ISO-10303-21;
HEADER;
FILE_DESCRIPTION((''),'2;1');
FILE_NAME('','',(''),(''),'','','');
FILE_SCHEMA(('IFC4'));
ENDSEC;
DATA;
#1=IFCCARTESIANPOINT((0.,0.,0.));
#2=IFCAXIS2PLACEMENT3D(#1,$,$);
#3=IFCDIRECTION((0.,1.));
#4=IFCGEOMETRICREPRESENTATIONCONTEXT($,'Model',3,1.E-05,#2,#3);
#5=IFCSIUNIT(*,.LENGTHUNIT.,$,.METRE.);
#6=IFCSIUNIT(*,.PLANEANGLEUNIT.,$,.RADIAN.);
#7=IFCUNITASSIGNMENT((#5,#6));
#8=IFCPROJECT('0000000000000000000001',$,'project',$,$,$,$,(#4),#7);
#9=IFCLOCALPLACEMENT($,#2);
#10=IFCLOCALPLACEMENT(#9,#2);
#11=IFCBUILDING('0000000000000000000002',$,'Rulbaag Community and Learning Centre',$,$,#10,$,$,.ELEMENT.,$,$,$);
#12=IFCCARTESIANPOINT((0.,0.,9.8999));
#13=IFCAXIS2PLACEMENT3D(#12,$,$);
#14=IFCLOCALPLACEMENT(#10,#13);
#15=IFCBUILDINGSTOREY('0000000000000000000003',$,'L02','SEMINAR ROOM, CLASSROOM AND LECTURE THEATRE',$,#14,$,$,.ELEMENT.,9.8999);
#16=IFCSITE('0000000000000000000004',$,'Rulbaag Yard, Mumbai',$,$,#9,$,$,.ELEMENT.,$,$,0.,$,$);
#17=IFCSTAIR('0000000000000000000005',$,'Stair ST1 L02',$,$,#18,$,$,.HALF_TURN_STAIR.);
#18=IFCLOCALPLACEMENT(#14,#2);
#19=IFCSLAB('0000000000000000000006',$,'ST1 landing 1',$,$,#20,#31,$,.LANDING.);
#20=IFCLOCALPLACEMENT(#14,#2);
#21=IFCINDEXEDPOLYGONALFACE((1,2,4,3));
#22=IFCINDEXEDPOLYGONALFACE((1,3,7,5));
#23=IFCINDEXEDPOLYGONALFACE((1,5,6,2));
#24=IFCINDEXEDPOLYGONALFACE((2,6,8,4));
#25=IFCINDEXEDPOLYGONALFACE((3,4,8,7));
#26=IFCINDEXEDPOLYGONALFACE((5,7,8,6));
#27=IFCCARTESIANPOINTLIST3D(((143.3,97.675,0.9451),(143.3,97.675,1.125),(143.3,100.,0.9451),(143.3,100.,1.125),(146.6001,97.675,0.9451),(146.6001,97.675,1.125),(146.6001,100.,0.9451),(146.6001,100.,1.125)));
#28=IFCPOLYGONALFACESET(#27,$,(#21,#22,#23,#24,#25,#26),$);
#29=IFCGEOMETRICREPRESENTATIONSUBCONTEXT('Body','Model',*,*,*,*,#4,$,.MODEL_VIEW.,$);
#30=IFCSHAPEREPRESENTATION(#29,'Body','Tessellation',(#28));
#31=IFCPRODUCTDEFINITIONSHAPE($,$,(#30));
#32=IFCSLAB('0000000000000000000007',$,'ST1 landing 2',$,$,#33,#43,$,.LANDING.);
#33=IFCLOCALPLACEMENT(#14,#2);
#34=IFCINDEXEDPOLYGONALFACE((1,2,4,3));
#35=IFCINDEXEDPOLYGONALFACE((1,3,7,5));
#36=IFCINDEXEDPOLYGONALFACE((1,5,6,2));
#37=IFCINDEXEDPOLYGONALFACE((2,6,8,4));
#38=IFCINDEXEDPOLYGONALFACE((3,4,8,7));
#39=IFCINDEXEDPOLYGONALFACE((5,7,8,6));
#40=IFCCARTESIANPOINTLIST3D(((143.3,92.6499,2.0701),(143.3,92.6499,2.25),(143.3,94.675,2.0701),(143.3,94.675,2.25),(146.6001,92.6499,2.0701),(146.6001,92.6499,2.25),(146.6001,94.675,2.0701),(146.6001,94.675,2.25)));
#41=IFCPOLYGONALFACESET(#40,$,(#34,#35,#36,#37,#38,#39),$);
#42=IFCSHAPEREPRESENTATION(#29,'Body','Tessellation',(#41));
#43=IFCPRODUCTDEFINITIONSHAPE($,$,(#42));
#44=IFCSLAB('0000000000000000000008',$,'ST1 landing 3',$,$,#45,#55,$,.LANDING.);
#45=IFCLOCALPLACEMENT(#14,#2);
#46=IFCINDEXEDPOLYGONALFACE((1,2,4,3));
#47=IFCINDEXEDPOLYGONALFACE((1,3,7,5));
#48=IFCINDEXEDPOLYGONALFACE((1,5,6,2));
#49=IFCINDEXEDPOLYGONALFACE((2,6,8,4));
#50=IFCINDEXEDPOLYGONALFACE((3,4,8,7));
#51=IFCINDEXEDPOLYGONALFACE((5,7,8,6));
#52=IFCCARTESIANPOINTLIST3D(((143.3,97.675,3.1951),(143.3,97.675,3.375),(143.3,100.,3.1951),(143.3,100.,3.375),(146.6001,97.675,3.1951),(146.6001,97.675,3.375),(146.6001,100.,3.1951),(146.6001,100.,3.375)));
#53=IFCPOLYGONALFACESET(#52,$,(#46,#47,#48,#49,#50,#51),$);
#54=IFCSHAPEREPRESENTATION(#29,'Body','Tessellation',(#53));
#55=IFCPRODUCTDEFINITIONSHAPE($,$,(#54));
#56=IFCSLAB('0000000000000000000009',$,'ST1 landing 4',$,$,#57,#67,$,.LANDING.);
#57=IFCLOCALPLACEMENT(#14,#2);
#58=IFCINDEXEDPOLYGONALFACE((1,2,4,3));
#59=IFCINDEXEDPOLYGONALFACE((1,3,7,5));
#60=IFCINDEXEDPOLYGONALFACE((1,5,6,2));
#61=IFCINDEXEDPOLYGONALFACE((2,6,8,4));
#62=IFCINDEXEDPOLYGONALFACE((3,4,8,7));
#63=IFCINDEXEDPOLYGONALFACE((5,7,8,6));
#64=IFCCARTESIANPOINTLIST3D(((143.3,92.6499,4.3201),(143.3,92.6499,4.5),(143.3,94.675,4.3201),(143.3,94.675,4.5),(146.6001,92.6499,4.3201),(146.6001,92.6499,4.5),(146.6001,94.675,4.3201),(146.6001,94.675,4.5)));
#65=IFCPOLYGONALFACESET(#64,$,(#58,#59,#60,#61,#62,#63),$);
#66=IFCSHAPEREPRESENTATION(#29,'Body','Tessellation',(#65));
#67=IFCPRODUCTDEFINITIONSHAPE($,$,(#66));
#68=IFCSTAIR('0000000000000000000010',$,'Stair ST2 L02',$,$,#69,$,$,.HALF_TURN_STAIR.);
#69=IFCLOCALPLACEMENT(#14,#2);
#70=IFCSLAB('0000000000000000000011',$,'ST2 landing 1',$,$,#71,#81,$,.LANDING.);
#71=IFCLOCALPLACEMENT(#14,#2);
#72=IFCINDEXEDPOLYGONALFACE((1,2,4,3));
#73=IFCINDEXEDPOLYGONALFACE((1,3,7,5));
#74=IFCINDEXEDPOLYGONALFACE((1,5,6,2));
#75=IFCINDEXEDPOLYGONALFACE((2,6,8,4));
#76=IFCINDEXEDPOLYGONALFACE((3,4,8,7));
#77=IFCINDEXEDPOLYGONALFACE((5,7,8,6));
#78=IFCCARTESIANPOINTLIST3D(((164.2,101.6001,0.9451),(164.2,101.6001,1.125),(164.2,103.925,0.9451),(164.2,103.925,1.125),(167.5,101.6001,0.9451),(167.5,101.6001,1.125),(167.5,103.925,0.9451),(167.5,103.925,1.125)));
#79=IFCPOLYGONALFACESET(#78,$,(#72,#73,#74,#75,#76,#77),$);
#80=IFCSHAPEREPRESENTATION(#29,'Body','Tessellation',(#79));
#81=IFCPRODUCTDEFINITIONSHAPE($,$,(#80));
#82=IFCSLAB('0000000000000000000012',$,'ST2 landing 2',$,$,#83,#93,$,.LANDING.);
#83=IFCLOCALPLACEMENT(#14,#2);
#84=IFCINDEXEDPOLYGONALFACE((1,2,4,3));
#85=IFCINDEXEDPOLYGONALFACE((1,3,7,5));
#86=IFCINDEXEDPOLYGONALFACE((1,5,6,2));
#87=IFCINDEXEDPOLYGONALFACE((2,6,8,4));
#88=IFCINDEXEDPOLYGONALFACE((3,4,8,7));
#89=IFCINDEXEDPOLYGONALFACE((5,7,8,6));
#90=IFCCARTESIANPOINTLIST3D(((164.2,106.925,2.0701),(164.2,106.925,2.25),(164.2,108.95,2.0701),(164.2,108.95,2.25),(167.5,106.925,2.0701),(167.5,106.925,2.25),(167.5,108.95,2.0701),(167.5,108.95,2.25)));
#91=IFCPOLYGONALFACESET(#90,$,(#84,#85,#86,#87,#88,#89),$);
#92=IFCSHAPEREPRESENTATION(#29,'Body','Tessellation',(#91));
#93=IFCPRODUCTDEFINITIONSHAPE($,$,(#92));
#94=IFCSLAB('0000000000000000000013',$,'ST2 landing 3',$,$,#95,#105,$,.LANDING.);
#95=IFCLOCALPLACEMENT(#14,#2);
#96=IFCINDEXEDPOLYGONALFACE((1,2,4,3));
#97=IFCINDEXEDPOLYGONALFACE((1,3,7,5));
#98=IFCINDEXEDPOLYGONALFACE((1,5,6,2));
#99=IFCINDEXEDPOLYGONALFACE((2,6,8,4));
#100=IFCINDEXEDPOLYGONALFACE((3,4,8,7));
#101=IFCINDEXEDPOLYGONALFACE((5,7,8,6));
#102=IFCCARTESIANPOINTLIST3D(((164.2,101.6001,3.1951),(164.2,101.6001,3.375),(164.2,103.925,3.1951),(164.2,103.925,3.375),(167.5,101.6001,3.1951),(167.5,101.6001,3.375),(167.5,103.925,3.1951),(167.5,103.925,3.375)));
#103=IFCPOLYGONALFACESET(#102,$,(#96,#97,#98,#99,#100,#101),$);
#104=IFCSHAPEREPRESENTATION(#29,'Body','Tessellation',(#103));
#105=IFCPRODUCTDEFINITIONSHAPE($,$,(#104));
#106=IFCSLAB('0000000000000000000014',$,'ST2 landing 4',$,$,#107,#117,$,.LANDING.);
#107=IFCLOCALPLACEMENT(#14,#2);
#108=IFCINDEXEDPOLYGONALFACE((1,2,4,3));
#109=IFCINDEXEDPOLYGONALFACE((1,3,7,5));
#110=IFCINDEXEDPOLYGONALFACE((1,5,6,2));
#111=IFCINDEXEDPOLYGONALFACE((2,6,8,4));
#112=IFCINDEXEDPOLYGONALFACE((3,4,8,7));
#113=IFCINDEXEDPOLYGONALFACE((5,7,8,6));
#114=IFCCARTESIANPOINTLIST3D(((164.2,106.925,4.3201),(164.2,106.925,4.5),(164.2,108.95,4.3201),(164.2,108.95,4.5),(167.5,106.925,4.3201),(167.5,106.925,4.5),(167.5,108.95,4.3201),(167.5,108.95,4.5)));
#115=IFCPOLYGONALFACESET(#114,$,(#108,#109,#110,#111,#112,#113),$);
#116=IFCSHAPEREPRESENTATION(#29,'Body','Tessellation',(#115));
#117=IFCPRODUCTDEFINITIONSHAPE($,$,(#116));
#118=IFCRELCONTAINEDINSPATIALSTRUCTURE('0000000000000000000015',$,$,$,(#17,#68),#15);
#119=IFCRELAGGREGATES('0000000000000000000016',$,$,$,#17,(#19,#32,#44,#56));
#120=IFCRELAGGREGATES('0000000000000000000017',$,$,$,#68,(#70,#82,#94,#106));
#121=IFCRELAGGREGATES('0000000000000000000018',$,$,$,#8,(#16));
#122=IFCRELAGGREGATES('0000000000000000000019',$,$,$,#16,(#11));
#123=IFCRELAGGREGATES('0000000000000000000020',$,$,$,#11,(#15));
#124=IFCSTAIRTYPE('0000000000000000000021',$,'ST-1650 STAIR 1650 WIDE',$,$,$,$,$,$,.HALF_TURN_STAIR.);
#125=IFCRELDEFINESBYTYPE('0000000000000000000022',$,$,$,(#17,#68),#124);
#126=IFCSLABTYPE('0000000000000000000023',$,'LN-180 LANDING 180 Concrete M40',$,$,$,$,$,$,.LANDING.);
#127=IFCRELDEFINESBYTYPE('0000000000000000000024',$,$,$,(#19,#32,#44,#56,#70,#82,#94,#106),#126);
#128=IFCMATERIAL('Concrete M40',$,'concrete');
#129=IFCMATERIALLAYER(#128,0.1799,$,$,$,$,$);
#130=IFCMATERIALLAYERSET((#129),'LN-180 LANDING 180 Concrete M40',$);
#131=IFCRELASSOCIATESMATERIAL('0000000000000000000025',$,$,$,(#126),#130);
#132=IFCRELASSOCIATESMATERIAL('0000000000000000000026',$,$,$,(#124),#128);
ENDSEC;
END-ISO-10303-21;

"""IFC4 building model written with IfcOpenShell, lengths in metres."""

from ifc_helpers import new_model, si_unit, direction, frame, origin, place, context, subcontext, project, spatial, polyline, outline, extrude, material, layer, layer_set, type_object, element, aggregate, save


model = new_model("IFC4")

# Units and contexts
model_context = context("Model", 3, precision=1e-05, world=origin(), true_north=direction((0.0, 1.0)))
body_context = subcontext(model_context, "Body", "Model", "MODEL_VIEW")
ifc_project = project(units=[si_unit("LENGTHUNIT", "METRE"), si_unit("PLANEANGLEUNIT", "RADIAN")], contexts=[model_context])

# Site, building, storey
site_placement = place(None, origin())
site = spatial("IfcSite", under=ifc_project, at=site_placement, Name="Rulbaag Yard, Mumbai", CompositionType="ELEMENT", RefElevation=0.0)
building_placement = place(site_placement, origin())
building = spatial("IfcBuilding", under=site, at=building_placement, Name="Rulbaag Community and Learning Centre", CompositionType="ELEMENT")
storey_placement = place(building_placement, frame((0.0, 0.0, 9.8999)))
storey = spatial("IfcBuildingStorey", under=building, at=storey_placement, Name="L02", Description="SEMINAR ROOM, CLASSROOM AND LECTURE THEATRE", CompositionType="ELEMENT", Elevation=9.8999)

# Shared definitions
ifc_material = material(Name="Concrete M40", Category="concrete")

# Shared definitions
ifc_layer = layer(ifc_material, 0.1799)
ifc_layer_set = layer_set([ifc_layer], Name="LN-180 LANDING 180 Concrete M40")
slab_type = type_object("IfcSlabType", Name="LN-180 LANDING 180 Concrete M40", PredefinedType="LANDING", material=ifc_layer_set)

# Stairs, slabs
stair_type_1 = type_object("IfcStairType", Name="ST-1650 STAIR 1650 WIDE", PredefinedType="HALF_TURN_STAIR", material=ifc_material)
stair_1_placement = place(storey_placement, origin())
stair_1 = element("IfcStair", 1, at=stair_1_placement, inside=storey, type_object=stair_type_1, Name="Stair ST1 L02", PredefinedType="HALF_TURN_STAIR")
slab_1_placement = place(storey_placement, frame((0.0, 0.0, 0.9451)))
slab_1 = element("IfcSlab", 2, at=slab_1_placement, type_object=slab_type, Name="ST1 landing 1", PredefinedType="LANDING", context=body_context, shape_type="SweptSolid", body=[
    extrude(outline(polyline([(143.3, 97.675), (143.3, 100.0), (146.6001, 100.0), (146.6001, 97.675), (143.3, 97.675)])), origin(), (0.0, 0.0, 1.0), 0.1799),
])
slab_2_placement = place(storey_placement, frame((0.0, 0.0, 2.0701)))
slab_2 = element("IfcSlab", 3, at=slab_2_placement, type_object=slab_type, Name="ST1 landing 2", PredefinedType="LANDING", context=body_context, shape_type="SweptSolid", body=[
    extrude(outline(polyline([(143.3, 92.6499), (143.3, 94.675), (146.6001, 94.675), (146.6001, 92.6499), (143.3, 92.6499)])), origin(), (0.0, 0.0, 1.0), 0.1799),
])
slab_3_placement = place(storey_placement, frame((0.0, 0.0, 3.1951)))
slab_3 = element("IfcSlab", 4, at=slab_3_placement, type_object=slab_type, Name="ST1 landing 3", PredefinedType="LANDING", context=body_context, shape_type="SweptSolid", body=[
    extrude(outline(polyline([(143.3, 97.675), (143.3, 100.0), (146.6001, 100.0), (146.6001, 97.675), (143.3, 97.675)])), origin(), (0.0, 0.0, 1.0), 0.1799),
])
slab_4_placement = place(storey_placement, frame((0.0, 0.0, 4.3201)))
slab_4 = element("IfcSlab", 5, at=slab_4_placement, type_object=slab_type, Name="ST1 landing 4", PredefinedType="LANDING", context=body_context, shape_type="SweptSolid", body=[
    extrude(outline(polyline([(143.3, 92.6499), (143.3, 94.675), (146.6001, 94.675), (146.6001, 92.6499), (143.3, 92.6499)])), origin(), (0.0, 0.0, 1.0), 0.1799),
])
aggregate(stair_1, [slab_1, slab_2, slab_3, slab_4])
stair_2_placement = place(storey_placement, origin())
stair_2 = element("IfcStair", 6, at=stair_2_placement, inside=storey, type_object=stair_type_1, Name="Stair ST2 L02", PredefinedType="HALF_TURN_STAIR")
slab_5_placement = place(storey_placement, frame((0.0, 0.0, 0.9451)))
slab_5 = element("IfcSlab", 7, at=slab_5_placement, type_object=slab_type, Name="ST2 landing 1", PredefinedType="LANDING", context=body_context, shape_type="SweptSolid", body=[
    extrude(outline(polyline([(164.2, 101.6001), (164.2, 103.925), (167.5, 103.925), (167.5, 101.6001), (164.2, 101.6001)])), origin(), (0.0, 0.0, 1.0), 0.1799),
])
slab_6_placement = place(storey_placement, frame((0.0, 0.0, 2.0701)))
slab_6 = element("IfcSlab", 8, at=slab_6_placement, type_object=slab_type, Name="ST2 landing 2", PredefinedType="LANDING", context=body_context, shape_type="SweptSolid", body=[
    extrude(outline(polyline([(164.2, 106.925), (164.2, 108.95), (167.5, 108.95), (167.5, 106.925), (164.2, 106.925)])), origin(), (0.0, 0.0, 1.0), 0.1799),
])
slab_7_placement = place(storey_placement, frame((0.0, 0.0, 3.1951)))
slab_7 = element("IfcSlab", 9, at=slab_7_placement, type_object=slab_type, Name="ST2 landing 3", PredefinedType="LANDING", context=body_context, shape_type="SweptSolid", body=[
    extrude(outline(polyline([(164.2, 101.6001), (164.2, 103.925), (167.5, 103.925), (167.5, 101.6001), (164.2, 101.6001)])), origin(), (0.0, 0.0, 1.0), 0.1799),
])
slab_8_placement = place(storey_placement, frame((0.0, 0.0, 4.3201)))
slab_8 = element("IfcSlab", 10, at=slab_8_placement, type_object=slab_type, Name="ST2 landing 4", PredefinedType="LANDING", context=body_context, shape_type="SweptSolid", body=[
    extrude(outline(polyline([(164.2, 106.925), (164.2, 108.95), (167.5, 108.95), (167.5, 106.925), (164.2, 106.925)])), origin(), (0.0, 0.0, 1.0), 0.1799),
])
aggregate(stair_2, [slab_5, slab_6, slab_7, slab_8])

save(model, "model.ifc")
